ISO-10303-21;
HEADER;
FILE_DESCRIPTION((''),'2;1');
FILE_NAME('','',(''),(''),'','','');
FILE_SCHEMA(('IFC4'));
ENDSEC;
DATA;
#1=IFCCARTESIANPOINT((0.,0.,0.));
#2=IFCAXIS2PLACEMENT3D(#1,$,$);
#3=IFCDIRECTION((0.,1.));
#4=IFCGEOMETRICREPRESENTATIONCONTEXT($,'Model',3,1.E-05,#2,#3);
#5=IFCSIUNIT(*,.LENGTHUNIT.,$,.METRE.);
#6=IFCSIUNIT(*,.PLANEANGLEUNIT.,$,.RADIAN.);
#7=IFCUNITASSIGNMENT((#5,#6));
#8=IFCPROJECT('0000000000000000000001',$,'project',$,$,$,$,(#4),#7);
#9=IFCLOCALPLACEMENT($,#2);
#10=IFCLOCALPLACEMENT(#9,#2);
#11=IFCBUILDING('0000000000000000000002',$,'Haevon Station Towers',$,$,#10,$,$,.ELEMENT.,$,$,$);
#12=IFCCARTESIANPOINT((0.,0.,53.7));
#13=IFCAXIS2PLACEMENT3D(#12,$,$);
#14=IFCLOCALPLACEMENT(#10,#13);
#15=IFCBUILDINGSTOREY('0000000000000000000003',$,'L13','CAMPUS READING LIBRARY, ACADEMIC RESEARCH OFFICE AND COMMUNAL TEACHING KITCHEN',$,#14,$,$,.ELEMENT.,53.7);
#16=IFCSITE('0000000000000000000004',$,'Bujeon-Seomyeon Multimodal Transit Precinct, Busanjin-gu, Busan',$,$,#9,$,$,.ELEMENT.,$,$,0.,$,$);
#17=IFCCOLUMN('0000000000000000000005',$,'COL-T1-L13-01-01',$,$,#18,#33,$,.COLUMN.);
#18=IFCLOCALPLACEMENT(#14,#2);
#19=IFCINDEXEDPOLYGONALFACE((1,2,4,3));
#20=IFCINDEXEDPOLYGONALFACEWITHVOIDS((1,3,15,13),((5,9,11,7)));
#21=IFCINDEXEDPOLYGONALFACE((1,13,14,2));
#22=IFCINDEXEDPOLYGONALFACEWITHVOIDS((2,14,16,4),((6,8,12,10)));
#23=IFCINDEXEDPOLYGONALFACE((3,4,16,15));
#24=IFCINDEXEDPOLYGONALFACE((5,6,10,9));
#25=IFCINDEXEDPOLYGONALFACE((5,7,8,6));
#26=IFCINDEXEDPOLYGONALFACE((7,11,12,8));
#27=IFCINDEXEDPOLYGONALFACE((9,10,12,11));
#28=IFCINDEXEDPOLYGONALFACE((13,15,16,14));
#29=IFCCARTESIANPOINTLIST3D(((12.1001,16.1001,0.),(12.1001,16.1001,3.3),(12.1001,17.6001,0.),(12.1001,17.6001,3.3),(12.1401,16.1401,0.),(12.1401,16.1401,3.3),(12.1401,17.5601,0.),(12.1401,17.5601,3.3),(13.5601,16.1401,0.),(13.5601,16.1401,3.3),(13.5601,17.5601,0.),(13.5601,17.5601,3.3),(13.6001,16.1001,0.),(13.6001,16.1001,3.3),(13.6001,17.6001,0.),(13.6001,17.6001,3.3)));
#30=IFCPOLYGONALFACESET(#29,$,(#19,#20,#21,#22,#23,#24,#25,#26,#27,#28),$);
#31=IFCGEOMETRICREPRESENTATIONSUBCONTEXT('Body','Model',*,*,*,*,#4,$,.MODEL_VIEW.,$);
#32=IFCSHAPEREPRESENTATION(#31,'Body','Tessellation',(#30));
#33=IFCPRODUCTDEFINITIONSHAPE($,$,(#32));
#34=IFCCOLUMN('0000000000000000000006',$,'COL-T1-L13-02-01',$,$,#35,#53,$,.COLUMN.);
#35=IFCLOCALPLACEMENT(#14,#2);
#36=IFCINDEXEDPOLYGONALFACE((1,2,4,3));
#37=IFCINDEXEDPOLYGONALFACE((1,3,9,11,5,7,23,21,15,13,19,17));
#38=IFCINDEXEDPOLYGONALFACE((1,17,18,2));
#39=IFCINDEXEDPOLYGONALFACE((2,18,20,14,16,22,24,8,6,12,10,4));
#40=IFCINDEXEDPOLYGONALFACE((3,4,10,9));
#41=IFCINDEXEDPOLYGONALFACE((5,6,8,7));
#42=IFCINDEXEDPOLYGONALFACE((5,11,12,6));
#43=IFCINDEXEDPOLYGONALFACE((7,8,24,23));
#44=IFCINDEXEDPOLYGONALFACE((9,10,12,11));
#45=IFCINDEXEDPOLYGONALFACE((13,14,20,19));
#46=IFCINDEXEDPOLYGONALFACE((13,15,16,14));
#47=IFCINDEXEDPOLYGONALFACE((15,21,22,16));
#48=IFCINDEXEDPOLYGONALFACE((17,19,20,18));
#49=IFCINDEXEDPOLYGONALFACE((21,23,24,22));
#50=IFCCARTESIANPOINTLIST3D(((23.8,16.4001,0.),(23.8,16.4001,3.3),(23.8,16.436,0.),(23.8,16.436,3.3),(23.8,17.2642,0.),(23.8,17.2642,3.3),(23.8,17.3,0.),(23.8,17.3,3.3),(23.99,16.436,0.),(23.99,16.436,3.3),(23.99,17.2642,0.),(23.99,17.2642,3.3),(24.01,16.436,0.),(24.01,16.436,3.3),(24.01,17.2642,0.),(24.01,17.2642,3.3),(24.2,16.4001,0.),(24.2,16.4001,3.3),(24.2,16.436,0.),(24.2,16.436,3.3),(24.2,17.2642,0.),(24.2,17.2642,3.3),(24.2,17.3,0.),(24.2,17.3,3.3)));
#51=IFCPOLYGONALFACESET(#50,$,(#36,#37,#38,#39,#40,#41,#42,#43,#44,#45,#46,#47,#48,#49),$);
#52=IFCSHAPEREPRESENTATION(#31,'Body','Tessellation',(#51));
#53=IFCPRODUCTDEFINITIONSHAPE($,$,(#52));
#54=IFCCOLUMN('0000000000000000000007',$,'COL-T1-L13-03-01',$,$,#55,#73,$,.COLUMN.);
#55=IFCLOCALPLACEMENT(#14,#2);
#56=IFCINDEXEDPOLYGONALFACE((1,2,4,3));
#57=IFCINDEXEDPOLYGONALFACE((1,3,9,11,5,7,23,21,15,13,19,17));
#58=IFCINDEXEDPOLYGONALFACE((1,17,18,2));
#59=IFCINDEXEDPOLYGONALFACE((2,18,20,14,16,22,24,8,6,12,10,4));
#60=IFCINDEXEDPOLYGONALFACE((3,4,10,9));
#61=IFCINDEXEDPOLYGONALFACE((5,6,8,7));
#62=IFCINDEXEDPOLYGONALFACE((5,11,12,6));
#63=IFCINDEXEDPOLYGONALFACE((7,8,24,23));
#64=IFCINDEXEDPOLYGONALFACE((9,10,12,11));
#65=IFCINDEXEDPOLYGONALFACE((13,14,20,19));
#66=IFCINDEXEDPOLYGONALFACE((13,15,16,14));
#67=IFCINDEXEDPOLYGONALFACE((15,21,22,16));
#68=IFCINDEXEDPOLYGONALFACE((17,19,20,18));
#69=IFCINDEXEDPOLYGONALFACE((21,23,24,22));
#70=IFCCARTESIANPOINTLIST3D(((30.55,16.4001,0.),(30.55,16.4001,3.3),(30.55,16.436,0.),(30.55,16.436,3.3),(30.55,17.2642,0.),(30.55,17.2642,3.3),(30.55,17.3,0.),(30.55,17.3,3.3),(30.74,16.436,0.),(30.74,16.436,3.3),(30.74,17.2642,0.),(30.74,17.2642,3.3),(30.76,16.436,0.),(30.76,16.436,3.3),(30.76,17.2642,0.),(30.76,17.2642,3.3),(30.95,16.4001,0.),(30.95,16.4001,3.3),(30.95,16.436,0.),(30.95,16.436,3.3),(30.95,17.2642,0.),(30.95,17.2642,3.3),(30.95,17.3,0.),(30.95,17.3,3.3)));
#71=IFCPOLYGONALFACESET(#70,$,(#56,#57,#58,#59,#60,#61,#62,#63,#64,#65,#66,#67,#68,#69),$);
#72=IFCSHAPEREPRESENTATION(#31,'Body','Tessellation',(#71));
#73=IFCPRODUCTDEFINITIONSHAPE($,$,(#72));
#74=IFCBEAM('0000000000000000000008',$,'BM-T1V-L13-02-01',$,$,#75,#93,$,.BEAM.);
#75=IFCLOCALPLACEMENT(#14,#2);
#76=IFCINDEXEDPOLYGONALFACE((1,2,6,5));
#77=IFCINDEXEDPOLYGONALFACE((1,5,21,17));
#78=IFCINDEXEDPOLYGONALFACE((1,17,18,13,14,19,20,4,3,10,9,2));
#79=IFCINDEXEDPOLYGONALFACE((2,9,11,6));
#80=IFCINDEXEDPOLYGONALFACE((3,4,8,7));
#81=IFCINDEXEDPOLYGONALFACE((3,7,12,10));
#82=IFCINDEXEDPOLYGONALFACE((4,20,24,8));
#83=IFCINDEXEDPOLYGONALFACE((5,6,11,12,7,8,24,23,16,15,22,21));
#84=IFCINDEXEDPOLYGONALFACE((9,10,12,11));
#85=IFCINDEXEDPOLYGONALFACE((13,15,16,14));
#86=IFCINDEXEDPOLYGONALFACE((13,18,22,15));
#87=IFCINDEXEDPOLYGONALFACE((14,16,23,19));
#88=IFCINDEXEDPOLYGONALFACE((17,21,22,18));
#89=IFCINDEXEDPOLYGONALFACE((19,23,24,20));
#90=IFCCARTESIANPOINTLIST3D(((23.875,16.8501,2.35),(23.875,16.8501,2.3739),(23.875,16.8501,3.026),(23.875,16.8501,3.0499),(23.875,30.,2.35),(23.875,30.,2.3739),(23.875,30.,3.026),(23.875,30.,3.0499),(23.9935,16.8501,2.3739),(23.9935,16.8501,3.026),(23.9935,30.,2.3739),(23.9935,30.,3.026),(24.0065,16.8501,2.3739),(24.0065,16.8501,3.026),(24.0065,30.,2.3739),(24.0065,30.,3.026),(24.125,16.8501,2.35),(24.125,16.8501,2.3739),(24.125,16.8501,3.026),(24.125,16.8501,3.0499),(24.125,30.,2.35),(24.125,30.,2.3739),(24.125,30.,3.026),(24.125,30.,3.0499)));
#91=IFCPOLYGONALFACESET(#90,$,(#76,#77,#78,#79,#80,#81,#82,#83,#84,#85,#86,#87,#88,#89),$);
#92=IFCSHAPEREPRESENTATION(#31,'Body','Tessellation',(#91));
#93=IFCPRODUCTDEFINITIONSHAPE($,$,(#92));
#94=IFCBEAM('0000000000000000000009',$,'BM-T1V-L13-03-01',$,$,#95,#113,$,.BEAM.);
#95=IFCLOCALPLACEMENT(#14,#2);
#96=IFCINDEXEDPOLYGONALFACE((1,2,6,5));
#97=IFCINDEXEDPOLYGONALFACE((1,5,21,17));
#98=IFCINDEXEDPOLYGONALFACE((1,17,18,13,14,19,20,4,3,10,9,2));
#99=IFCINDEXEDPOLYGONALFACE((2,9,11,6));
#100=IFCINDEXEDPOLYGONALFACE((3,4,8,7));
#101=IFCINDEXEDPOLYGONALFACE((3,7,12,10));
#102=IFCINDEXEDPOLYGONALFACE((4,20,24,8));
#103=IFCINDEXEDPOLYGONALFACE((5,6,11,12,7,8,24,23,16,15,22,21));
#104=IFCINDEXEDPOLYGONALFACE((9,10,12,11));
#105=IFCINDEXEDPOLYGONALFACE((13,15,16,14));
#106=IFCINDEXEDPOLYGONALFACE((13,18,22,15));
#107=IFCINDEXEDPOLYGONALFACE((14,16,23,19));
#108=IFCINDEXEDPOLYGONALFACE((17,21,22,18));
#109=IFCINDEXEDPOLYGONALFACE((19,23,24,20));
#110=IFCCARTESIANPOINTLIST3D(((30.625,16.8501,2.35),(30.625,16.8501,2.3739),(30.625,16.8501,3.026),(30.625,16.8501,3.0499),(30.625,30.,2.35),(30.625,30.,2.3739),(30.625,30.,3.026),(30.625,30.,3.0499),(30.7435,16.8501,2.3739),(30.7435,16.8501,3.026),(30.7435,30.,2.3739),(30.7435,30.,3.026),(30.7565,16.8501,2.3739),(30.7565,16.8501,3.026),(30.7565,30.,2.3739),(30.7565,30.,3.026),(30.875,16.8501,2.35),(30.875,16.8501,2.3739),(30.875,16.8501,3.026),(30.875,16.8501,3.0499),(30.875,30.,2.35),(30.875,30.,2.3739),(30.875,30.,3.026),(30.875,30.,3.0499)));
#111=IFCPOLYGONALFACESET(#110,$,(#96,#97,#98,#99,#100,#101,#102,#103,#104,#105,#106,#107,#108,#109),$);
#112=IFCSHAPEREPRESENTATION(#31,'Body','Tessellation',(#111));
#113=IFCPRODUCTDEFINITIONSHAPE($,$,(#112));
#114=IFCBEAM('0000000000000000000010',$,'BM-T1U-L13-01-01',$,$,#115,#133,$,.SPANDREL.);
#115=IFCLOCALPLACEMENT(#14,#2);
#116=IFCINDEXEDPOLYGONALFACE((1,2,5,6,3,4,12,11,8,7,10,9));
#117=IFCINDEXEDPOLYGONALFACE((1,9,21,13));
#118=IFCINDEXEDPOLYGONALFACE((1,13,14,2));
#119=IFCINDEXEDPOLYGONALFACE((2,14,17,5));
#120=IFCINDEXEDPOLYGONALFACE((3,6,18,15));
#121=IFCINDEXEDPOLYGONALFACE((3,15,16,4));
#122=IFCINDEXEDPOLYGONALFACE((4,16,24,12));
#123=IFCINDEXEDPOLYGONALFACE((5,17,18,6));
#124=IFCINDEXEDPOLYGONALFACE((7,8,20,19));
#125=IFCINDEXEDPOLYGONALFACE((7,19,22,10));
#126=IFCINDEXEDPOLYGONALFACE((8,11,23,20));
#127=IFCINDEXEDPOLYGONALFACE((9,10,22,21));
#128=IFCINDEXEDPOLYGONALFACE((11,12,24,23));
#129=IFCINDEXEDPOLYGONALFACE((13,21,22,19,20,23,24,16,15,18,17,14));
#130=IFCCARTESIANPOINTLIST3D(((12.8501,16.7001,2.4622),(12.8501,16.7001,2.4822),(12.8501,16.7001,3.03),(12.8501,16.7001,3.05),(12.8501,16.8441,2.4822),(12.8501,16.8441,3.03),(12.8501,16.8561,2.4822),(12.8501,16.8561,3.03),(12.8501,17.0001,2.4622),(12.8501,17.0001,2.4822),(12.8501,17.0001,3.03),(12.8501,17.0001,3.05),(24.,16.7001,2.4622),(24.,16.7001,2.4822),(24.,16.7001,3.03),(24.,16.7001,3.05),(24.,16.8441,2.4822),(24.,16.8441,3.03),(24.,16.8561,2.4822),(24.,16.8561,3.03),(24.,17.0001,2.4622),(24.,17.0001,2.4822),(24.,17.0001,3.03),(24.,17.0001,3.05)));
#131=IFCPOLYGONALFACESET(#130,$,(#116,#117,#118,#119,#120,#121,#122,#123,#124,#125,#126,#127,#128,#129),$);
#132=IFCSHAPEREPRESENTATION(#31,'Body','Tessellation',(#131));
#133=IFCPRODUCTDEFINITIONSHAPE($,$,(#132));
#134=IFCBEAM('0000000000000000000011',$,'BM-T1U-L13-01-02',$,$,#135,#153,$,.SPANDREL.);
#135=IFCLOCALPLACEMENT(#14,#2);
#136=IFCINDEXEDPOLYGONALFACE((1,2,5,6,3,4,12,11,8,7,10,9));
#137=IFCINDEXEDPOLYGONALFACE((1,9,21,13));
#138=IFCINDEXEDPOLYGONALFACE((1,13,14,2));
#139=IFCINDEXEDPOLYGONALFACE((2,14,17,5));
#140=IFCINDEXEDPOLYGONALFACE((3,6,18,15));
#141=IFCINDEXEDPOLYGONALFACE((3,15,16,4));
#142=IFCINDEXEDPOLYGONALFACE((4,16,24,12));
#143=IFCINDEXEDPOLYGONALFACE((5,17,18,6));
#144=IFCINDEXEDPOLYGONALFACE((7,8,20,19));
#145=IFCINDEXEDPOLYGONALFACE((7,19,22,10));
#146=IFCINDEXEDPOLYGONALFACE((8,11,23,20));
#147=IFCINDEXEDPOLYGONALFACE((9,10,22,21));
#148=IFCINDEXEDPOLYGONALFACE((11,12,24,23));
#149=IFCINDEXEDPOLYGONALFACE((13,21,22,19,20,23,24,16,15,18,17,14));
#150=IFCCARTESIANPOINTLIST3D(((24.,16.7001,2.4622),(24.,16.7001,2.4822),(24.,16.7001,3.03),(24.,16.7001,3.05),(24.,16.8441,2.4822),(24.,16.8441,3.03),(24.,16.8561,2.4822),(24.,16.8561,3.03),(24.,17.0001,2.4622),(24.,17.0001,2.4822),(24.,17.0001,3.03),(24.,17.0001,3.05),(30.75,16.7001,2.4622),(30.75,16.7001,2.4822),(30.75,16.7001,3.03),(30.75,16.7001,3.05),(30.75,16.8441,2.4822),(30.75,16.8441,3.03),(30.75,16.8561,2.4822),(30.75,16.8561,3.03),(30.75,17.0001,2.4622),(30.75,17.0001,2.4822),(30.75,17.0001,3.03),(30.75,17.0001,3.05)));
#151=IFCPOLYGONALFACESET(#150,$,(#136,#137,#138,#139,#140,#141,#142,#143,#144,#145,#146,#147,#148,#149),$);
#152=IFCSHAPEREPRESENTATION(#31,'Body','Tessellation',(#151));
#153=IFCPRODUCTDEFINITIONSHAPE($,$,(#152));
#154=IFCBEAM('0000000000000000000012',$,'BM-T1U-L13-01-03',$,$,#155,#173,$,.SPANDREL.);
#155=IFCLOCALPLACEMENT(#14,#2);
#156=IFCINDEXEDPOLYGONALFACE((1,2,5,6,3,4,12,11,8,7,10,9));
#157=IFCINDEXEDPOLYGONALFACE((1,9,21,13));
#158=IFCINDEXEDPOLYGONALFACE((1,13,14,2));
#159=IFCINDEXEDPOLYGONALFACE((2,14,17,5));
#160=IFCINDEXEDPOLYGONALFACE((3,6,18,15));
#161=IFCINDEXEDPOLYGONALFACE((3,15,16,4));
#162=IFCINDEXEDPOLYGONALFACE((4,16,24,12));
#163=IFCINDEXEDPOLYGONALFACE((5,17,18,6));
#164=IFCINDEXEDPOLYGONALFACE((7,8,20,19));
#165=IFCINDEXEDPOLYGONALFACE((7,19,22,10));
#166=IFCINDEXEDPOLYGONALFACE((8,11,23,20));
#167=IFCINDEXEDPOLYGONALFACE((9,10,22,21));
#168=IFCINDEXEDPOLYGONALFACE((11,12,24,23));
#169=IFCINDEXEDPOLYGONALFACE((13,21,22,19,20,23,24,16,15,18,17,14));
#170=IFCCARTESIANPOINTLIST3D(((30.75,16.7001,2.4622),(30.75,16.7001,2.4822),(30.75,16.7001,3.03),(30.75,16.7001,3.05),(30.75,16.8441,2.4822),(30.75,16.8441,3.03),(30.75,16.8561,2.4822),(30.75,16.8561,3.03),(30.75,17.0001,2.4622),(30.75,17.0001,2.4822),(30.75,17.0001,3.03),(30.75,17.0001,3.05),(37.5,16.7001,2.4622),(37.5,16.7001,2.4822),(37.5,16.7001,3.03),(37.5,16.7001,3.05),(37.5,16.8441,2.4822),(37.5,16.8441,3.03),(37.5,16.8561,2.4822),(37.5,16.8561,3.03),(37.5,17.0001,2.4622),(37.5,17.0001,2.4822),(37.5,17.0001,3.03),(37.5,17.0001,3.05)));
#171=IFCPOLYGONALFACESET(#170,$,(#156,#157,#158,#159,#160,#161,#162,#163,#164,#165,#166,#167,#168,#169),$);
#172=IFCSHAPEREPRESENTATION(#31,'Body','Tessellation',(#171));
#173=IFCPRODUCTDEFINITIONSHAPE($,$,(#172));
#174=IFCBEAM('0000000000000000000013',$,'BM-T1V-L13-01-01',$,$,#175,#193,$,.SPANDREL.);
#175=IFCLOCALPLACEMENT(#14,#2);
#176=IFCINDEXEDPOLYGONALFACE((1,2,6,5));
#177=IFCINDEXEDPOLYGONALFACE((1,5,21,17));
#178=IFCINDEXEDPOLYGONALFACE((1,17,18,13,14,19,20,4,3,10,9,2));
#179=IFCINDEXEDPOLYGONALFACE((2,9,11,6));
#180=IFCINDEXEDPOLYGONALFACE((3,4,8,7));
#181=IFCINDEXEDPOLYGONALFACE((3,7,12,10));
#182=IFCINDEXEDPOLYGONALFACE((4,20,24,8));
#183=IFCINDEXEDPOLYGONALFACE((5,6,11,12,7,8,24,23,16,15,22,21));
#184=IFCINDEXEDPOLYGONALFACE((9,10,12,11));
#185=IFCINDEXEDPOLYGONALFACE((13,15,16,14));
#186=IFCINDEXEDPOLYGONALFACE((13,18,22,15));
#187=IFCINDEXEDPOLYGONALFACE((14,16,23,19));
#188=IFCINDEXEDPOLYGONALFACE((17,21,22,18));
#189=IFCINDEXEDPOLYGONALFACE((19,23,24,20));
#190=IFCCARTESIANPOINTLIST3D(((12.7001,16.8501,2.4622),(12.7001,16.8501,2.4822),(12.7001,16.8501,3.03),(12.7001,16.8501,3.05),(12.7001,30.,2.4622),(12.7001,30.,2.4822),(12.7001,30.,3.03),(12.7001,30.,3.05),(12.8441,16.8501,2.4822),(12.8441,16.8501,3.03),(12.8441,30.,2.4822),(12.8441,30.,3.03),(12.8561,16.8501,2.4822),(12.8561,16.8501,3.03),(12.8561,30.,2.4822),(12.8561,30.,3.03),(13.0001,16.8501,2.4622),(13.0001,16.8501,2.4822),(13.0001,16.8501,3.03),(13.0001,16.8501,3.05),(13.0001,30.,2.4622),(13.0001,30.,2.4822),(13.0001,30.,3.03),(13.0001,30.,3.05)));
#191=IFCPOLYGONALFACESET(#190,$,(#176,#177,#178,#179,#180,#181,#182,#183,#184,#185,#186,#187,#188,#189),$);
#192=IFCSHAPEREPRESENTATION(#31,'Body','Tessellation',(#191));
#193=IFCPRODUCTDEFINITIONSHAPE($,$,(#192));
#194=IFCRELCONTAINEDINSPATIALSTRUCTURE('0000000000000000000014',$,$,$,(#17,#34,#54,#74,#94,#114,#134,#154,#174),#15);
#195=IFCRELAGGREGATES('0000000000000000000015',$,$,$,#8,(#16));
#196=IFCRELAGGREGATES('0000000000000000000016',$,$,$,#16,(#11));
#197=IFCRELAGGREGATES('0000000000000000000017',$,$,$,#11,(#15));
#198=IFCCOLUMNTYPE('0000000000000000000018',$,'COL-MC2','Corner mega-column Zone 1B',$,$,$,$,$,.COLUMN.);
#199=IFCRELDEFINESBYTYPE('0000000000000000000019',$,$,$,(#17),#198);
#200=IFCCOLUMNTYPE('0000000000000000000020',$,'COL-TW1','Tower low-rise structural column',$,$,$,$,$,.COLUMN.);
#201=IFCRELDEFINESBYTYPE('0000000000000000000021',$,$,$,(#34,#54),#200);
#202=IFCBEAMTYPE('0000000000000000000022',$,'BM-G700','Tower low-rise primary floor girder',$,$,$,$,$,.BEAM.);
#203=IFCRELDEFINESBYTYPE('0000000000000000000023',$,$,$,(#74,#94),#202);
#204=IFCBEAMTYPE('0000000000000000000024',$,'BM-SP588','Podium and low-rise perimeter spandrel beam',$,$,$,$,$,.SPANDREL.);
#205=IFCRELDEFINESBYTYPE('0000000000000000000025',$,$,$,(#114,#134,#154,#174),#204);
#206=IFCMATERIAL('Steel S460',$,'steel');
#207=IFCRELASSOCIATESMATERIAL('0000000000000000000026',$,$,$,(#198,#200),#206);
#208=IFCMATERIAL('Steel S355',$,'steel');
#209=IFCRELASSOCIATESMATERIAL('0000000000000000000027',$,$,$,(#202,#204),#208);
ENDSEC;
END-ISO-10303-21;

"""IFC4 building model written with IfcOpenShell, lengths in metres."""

from ifc_helpers import new_model, si_unit, direction, frame, origin, origin_2d, place, context, subcontext, project, spatial, hollow_rectangle, i_section, extrude, material, material_profile, profile_set, type_object, element, save


model = new_model("IFC4")

# Units and contexts
model_context = context("Model", 3, precision=1e-05, world=origin(), true_north=direction((0.0, 1.0)))
body_context = subcontext(model_context, "Body", "Model", "MODEL_VIEW")
ifc_project = project(units=[si_unit("LENGTHUNIT", "METRE"), si_unit("PLANEANGLEUNIT", "RADIAN")], contexts=[model_context])

# Site, building, storey
site_placement = place(None, origin())
site = spatial("IfcSite", under=ifc_project, at=site_placement, Name="Bujeon-Seomyeon Multimodal Transit Precinct, Busanjin-gu, Busan", CompositionType="ELEMENT", RefElevation=0.0)
building_placement = place(site_placement, origin())
building = spatial("IfcBuilding", under=site, at=building_placement, Name="Haevon Station Towers", CompositionType="ELEMENT")
storey_placement = place(building_placement, frame((0.0, 0.0, 53.7)))
storey = spatial("IfcBuildingStorey", under=building, at=storey_placement, Name="L13", Description="CAMPUS READING LIBRARY, ACADEMIC RESEARCH OFFICE AND COMMUNAL TEACHING KITCHEN", CompositionType="ELEMENT", Elevation=53.7)

# Columns
ifc_material_1 = material(Name="Steel S460", Category="steel")
ifc_material_profile_1 = material_profile(ifc_material_1, hollow_rectangle(XDim=1.5, YDim=1.5, WallThickness=0.04, at=origin_2d()), Name="BOX-1500x1500x40")
ifc_profile_set_1 = profile_set([ifc_material_profile_1], Name="Steel S460")
column_type_1 = type_object("IfcColumnType", Name="COL-MC2", Description="Corner mega-column Zone 1B", PredefinedType="COLUMN", material=ifc_profile_set_1)
column_placement = place(storey_placement, frame((12.8501, 16.8501, 0.0), z_axis=(0.0, 0.0, 1.0), x_axis=(1.0, 0.0, 0.0)))
element("IfcColumn", 1, at=column_placement, inside=storey, type_object=column_type_1, Name="COL-T1-L13-01-01", PredefinedType="COLUMN", context=body_context, shape_type="SweptSolid", body=[
    extrude(hollow_rectangle(XDim=1.5, YDim=1.5, WallThickness=0.04, at=origin_2d()), origin(), (0.0, 0.0, 1.0), 3.3),
])
ifc_material_profile_2 = material_profile(ifc_material_1, i_section(OverallWidth=0.3999, OverallDepth=0.8999, WebThickness=0.02, FlangeThickness=0.0359, at=origin_2d()), Name="H-900x400x20x36")
ifc_profile_set_2 = profile_set([ifc_material_profile_2], Name="Steel S460")
column_type_2 = type_object("IfcColumnType", Name="COL-TW1", Description="Tower low-rise structural column", PredefinedType="COLUMN", material=ifc_profile_set_2)
for number, where, z_axis, x_axis, name in (
    (2, (24.0, 16.8501, 0.0), (0.0, 0.0, 1.0), (1.0, 0.0, 0.0), "COL-T1-L13-02-01"),
    (3, (30.75, 16.8501, 0.0), (0.0, 0.0, 1.0), (1.0, 0.0, 0.0), "COL-T1-L13-03-01"),
):
    element("IfcColumn", number, at=place(storey_placement, frame(where, z_axis=z_axis, x_axis=x_axis)), inside=storey, type_object=column_type_2, Name=name, PredefinedType="COLUMN", context=body_context, shape_type="SweptSolid", body=[
        extrude(i_section(OverallWidth=0.3999, OverallDepth=0.8999, WebThickness=0.02, FlangeThickness=0.0359, at=origin_2d()), origin(), (0.0, 0.0, 1.0), 3.3),
    ])

# Beams
ifc_material_2 = material(Name="Steel S355", Category="steel")
ifc_material_profile_3 = material_profile(ifc_material_2, i_section(OverallWidth=0.25, OverallDepth=0.7, WebThickness=0.0129, FlangeThickness=0.0239, at=origin_2d()), Name="H-700x250x13x24")
ifc_profile_set_3 = profile_set([ifc_material_profile_3], Name="Steel S355")
beam_type_1 = type_object("IfcBeamType", Name="BM-G700", Description="Tower low-rise primary floor girder", PredefinedType="BEAM", material=ifc_profile_set_3)
for number, where, z_axis, x_axis, name in (
    (4, (24.0, 16.8501, 2.7), (0.0, 1.0, 0.0), (-1.0, 0.0, 0.0), "BM-T1V-L13-02-01"),
    (5, (30.75, 16.8501, 2.7), (0.0, 1.0, 0.0), (-1.0, 0.0, 0.0), "BM-T1V-L13-03-01"),
):
    element("IfcBeam", number, at=place(storey_placement, frame(where, z_axis=z_axis, x_axis=x_axis)), inside=storey, type_object=beam_type_1, Name=name, PredefinedType="BEAM", context=body_context, shape_type="SweptSolid", body=[
        extrude(i_section(OverallWidth=0.25, OverallDepth=0.7, WebThickness=0.0129, FlangeThickness=0.0239, at=origin_2d()), origin(), (0.0, 0.0, 1.0), 13.1499),
    ])
ifc_material_profile_4 = material_profile(ifc_material_2, i_section(OverallWidth=0.3, OverallDepth=0.5879, WebThickness=0.012, FlangeThickness=0.02, at=origin_2d()), Name="H-588x300x12x20")
ifc_profile_set_4 = profile_set([ifc_material_profile_4], Name="Steel S355")
beam_type_2 = type_object("IfcBeamType", Name="BM-SP588", Description="Podium and low-rise perimeter spandrel beam", PredefinedType="SPANDREL", material=ifc_profile_set_4)
beam_1_placement = place(storey_placement, frame((12.8501, 16.8501, 2.7561), z_axis=(1.0, 0.0, 0.0), x_axis=(0.0, 1.0, 0.0)))
element("IfcBeam", 6, at=beam_1_placement, inside=storey, type_object=beam_type_2, Name="BM-T1U-L13-01-01", PredefinedType="SPANDREL", context=body_context, shape_type="SweptSolid", body=[
    extrude(i_section(OverallWidth=0.3, OverallDepth=0.5879, WebThickness=0.012, FlangeThickness=0.02, at=origin_2d()), origin(), (0.0, 0.0, 1.0), 11.1499),
])
for number, where, z_axis, x_axis, name in (
    (7, (24.0, 16.8501, 2.7561), (1.0, 0.0, 0.0), (0.0, 1.0, 0.0), "BM-T1U-L13-01-02"),
    (8, (30.75, 16.8501, 2.7561), (1.0, 0.0, 0.0), (0.0, 1.0, 0.0), "BM-T1U-L13-01-03"),
):
    element("IfcBeam", number, at=place(storey_placement, frame(where, z_axis=z_axis, x_axis=x_axis)), inside=storey, type_object=beam_type_2, Name=name, PredefinedType="SPANDREL", context=body_context, shape_type="SweptSolid", body=[
        extrude(i_section(OverallWidth=0.3, OverallDepth=0.5879, WebThickness=0.012, FlangeThickness=0.02, at=origin_2d()), origin(), (0.0, 0.0, 1.0), 6.75),
    ])
beam_2_placement = place(storey_placement, frame((12.8501, 16.8501, 2.7561), z_axis=(0.0, 1.0, 0.0), x_axis=(-1.0, 0.0, 0.0)))
element("IfcBeam", 9, at=beam_2_placement, inside=storey, type_object=beam_type_2, Name="BM-T1V-L13-01-01", PredefinedType="SPANDREL", context=body_context, shape_type="SweptSolid", body=[
    extrude(i_section(OverallWidth=0.3, OverallDepth=0.5879, WebThickness=0.012, FlangeThickness=0.02, at=origin_2d()), origin(), (0.0, 0.0, 1.0), 13.1499),
])

save(model, "model.ifc")
